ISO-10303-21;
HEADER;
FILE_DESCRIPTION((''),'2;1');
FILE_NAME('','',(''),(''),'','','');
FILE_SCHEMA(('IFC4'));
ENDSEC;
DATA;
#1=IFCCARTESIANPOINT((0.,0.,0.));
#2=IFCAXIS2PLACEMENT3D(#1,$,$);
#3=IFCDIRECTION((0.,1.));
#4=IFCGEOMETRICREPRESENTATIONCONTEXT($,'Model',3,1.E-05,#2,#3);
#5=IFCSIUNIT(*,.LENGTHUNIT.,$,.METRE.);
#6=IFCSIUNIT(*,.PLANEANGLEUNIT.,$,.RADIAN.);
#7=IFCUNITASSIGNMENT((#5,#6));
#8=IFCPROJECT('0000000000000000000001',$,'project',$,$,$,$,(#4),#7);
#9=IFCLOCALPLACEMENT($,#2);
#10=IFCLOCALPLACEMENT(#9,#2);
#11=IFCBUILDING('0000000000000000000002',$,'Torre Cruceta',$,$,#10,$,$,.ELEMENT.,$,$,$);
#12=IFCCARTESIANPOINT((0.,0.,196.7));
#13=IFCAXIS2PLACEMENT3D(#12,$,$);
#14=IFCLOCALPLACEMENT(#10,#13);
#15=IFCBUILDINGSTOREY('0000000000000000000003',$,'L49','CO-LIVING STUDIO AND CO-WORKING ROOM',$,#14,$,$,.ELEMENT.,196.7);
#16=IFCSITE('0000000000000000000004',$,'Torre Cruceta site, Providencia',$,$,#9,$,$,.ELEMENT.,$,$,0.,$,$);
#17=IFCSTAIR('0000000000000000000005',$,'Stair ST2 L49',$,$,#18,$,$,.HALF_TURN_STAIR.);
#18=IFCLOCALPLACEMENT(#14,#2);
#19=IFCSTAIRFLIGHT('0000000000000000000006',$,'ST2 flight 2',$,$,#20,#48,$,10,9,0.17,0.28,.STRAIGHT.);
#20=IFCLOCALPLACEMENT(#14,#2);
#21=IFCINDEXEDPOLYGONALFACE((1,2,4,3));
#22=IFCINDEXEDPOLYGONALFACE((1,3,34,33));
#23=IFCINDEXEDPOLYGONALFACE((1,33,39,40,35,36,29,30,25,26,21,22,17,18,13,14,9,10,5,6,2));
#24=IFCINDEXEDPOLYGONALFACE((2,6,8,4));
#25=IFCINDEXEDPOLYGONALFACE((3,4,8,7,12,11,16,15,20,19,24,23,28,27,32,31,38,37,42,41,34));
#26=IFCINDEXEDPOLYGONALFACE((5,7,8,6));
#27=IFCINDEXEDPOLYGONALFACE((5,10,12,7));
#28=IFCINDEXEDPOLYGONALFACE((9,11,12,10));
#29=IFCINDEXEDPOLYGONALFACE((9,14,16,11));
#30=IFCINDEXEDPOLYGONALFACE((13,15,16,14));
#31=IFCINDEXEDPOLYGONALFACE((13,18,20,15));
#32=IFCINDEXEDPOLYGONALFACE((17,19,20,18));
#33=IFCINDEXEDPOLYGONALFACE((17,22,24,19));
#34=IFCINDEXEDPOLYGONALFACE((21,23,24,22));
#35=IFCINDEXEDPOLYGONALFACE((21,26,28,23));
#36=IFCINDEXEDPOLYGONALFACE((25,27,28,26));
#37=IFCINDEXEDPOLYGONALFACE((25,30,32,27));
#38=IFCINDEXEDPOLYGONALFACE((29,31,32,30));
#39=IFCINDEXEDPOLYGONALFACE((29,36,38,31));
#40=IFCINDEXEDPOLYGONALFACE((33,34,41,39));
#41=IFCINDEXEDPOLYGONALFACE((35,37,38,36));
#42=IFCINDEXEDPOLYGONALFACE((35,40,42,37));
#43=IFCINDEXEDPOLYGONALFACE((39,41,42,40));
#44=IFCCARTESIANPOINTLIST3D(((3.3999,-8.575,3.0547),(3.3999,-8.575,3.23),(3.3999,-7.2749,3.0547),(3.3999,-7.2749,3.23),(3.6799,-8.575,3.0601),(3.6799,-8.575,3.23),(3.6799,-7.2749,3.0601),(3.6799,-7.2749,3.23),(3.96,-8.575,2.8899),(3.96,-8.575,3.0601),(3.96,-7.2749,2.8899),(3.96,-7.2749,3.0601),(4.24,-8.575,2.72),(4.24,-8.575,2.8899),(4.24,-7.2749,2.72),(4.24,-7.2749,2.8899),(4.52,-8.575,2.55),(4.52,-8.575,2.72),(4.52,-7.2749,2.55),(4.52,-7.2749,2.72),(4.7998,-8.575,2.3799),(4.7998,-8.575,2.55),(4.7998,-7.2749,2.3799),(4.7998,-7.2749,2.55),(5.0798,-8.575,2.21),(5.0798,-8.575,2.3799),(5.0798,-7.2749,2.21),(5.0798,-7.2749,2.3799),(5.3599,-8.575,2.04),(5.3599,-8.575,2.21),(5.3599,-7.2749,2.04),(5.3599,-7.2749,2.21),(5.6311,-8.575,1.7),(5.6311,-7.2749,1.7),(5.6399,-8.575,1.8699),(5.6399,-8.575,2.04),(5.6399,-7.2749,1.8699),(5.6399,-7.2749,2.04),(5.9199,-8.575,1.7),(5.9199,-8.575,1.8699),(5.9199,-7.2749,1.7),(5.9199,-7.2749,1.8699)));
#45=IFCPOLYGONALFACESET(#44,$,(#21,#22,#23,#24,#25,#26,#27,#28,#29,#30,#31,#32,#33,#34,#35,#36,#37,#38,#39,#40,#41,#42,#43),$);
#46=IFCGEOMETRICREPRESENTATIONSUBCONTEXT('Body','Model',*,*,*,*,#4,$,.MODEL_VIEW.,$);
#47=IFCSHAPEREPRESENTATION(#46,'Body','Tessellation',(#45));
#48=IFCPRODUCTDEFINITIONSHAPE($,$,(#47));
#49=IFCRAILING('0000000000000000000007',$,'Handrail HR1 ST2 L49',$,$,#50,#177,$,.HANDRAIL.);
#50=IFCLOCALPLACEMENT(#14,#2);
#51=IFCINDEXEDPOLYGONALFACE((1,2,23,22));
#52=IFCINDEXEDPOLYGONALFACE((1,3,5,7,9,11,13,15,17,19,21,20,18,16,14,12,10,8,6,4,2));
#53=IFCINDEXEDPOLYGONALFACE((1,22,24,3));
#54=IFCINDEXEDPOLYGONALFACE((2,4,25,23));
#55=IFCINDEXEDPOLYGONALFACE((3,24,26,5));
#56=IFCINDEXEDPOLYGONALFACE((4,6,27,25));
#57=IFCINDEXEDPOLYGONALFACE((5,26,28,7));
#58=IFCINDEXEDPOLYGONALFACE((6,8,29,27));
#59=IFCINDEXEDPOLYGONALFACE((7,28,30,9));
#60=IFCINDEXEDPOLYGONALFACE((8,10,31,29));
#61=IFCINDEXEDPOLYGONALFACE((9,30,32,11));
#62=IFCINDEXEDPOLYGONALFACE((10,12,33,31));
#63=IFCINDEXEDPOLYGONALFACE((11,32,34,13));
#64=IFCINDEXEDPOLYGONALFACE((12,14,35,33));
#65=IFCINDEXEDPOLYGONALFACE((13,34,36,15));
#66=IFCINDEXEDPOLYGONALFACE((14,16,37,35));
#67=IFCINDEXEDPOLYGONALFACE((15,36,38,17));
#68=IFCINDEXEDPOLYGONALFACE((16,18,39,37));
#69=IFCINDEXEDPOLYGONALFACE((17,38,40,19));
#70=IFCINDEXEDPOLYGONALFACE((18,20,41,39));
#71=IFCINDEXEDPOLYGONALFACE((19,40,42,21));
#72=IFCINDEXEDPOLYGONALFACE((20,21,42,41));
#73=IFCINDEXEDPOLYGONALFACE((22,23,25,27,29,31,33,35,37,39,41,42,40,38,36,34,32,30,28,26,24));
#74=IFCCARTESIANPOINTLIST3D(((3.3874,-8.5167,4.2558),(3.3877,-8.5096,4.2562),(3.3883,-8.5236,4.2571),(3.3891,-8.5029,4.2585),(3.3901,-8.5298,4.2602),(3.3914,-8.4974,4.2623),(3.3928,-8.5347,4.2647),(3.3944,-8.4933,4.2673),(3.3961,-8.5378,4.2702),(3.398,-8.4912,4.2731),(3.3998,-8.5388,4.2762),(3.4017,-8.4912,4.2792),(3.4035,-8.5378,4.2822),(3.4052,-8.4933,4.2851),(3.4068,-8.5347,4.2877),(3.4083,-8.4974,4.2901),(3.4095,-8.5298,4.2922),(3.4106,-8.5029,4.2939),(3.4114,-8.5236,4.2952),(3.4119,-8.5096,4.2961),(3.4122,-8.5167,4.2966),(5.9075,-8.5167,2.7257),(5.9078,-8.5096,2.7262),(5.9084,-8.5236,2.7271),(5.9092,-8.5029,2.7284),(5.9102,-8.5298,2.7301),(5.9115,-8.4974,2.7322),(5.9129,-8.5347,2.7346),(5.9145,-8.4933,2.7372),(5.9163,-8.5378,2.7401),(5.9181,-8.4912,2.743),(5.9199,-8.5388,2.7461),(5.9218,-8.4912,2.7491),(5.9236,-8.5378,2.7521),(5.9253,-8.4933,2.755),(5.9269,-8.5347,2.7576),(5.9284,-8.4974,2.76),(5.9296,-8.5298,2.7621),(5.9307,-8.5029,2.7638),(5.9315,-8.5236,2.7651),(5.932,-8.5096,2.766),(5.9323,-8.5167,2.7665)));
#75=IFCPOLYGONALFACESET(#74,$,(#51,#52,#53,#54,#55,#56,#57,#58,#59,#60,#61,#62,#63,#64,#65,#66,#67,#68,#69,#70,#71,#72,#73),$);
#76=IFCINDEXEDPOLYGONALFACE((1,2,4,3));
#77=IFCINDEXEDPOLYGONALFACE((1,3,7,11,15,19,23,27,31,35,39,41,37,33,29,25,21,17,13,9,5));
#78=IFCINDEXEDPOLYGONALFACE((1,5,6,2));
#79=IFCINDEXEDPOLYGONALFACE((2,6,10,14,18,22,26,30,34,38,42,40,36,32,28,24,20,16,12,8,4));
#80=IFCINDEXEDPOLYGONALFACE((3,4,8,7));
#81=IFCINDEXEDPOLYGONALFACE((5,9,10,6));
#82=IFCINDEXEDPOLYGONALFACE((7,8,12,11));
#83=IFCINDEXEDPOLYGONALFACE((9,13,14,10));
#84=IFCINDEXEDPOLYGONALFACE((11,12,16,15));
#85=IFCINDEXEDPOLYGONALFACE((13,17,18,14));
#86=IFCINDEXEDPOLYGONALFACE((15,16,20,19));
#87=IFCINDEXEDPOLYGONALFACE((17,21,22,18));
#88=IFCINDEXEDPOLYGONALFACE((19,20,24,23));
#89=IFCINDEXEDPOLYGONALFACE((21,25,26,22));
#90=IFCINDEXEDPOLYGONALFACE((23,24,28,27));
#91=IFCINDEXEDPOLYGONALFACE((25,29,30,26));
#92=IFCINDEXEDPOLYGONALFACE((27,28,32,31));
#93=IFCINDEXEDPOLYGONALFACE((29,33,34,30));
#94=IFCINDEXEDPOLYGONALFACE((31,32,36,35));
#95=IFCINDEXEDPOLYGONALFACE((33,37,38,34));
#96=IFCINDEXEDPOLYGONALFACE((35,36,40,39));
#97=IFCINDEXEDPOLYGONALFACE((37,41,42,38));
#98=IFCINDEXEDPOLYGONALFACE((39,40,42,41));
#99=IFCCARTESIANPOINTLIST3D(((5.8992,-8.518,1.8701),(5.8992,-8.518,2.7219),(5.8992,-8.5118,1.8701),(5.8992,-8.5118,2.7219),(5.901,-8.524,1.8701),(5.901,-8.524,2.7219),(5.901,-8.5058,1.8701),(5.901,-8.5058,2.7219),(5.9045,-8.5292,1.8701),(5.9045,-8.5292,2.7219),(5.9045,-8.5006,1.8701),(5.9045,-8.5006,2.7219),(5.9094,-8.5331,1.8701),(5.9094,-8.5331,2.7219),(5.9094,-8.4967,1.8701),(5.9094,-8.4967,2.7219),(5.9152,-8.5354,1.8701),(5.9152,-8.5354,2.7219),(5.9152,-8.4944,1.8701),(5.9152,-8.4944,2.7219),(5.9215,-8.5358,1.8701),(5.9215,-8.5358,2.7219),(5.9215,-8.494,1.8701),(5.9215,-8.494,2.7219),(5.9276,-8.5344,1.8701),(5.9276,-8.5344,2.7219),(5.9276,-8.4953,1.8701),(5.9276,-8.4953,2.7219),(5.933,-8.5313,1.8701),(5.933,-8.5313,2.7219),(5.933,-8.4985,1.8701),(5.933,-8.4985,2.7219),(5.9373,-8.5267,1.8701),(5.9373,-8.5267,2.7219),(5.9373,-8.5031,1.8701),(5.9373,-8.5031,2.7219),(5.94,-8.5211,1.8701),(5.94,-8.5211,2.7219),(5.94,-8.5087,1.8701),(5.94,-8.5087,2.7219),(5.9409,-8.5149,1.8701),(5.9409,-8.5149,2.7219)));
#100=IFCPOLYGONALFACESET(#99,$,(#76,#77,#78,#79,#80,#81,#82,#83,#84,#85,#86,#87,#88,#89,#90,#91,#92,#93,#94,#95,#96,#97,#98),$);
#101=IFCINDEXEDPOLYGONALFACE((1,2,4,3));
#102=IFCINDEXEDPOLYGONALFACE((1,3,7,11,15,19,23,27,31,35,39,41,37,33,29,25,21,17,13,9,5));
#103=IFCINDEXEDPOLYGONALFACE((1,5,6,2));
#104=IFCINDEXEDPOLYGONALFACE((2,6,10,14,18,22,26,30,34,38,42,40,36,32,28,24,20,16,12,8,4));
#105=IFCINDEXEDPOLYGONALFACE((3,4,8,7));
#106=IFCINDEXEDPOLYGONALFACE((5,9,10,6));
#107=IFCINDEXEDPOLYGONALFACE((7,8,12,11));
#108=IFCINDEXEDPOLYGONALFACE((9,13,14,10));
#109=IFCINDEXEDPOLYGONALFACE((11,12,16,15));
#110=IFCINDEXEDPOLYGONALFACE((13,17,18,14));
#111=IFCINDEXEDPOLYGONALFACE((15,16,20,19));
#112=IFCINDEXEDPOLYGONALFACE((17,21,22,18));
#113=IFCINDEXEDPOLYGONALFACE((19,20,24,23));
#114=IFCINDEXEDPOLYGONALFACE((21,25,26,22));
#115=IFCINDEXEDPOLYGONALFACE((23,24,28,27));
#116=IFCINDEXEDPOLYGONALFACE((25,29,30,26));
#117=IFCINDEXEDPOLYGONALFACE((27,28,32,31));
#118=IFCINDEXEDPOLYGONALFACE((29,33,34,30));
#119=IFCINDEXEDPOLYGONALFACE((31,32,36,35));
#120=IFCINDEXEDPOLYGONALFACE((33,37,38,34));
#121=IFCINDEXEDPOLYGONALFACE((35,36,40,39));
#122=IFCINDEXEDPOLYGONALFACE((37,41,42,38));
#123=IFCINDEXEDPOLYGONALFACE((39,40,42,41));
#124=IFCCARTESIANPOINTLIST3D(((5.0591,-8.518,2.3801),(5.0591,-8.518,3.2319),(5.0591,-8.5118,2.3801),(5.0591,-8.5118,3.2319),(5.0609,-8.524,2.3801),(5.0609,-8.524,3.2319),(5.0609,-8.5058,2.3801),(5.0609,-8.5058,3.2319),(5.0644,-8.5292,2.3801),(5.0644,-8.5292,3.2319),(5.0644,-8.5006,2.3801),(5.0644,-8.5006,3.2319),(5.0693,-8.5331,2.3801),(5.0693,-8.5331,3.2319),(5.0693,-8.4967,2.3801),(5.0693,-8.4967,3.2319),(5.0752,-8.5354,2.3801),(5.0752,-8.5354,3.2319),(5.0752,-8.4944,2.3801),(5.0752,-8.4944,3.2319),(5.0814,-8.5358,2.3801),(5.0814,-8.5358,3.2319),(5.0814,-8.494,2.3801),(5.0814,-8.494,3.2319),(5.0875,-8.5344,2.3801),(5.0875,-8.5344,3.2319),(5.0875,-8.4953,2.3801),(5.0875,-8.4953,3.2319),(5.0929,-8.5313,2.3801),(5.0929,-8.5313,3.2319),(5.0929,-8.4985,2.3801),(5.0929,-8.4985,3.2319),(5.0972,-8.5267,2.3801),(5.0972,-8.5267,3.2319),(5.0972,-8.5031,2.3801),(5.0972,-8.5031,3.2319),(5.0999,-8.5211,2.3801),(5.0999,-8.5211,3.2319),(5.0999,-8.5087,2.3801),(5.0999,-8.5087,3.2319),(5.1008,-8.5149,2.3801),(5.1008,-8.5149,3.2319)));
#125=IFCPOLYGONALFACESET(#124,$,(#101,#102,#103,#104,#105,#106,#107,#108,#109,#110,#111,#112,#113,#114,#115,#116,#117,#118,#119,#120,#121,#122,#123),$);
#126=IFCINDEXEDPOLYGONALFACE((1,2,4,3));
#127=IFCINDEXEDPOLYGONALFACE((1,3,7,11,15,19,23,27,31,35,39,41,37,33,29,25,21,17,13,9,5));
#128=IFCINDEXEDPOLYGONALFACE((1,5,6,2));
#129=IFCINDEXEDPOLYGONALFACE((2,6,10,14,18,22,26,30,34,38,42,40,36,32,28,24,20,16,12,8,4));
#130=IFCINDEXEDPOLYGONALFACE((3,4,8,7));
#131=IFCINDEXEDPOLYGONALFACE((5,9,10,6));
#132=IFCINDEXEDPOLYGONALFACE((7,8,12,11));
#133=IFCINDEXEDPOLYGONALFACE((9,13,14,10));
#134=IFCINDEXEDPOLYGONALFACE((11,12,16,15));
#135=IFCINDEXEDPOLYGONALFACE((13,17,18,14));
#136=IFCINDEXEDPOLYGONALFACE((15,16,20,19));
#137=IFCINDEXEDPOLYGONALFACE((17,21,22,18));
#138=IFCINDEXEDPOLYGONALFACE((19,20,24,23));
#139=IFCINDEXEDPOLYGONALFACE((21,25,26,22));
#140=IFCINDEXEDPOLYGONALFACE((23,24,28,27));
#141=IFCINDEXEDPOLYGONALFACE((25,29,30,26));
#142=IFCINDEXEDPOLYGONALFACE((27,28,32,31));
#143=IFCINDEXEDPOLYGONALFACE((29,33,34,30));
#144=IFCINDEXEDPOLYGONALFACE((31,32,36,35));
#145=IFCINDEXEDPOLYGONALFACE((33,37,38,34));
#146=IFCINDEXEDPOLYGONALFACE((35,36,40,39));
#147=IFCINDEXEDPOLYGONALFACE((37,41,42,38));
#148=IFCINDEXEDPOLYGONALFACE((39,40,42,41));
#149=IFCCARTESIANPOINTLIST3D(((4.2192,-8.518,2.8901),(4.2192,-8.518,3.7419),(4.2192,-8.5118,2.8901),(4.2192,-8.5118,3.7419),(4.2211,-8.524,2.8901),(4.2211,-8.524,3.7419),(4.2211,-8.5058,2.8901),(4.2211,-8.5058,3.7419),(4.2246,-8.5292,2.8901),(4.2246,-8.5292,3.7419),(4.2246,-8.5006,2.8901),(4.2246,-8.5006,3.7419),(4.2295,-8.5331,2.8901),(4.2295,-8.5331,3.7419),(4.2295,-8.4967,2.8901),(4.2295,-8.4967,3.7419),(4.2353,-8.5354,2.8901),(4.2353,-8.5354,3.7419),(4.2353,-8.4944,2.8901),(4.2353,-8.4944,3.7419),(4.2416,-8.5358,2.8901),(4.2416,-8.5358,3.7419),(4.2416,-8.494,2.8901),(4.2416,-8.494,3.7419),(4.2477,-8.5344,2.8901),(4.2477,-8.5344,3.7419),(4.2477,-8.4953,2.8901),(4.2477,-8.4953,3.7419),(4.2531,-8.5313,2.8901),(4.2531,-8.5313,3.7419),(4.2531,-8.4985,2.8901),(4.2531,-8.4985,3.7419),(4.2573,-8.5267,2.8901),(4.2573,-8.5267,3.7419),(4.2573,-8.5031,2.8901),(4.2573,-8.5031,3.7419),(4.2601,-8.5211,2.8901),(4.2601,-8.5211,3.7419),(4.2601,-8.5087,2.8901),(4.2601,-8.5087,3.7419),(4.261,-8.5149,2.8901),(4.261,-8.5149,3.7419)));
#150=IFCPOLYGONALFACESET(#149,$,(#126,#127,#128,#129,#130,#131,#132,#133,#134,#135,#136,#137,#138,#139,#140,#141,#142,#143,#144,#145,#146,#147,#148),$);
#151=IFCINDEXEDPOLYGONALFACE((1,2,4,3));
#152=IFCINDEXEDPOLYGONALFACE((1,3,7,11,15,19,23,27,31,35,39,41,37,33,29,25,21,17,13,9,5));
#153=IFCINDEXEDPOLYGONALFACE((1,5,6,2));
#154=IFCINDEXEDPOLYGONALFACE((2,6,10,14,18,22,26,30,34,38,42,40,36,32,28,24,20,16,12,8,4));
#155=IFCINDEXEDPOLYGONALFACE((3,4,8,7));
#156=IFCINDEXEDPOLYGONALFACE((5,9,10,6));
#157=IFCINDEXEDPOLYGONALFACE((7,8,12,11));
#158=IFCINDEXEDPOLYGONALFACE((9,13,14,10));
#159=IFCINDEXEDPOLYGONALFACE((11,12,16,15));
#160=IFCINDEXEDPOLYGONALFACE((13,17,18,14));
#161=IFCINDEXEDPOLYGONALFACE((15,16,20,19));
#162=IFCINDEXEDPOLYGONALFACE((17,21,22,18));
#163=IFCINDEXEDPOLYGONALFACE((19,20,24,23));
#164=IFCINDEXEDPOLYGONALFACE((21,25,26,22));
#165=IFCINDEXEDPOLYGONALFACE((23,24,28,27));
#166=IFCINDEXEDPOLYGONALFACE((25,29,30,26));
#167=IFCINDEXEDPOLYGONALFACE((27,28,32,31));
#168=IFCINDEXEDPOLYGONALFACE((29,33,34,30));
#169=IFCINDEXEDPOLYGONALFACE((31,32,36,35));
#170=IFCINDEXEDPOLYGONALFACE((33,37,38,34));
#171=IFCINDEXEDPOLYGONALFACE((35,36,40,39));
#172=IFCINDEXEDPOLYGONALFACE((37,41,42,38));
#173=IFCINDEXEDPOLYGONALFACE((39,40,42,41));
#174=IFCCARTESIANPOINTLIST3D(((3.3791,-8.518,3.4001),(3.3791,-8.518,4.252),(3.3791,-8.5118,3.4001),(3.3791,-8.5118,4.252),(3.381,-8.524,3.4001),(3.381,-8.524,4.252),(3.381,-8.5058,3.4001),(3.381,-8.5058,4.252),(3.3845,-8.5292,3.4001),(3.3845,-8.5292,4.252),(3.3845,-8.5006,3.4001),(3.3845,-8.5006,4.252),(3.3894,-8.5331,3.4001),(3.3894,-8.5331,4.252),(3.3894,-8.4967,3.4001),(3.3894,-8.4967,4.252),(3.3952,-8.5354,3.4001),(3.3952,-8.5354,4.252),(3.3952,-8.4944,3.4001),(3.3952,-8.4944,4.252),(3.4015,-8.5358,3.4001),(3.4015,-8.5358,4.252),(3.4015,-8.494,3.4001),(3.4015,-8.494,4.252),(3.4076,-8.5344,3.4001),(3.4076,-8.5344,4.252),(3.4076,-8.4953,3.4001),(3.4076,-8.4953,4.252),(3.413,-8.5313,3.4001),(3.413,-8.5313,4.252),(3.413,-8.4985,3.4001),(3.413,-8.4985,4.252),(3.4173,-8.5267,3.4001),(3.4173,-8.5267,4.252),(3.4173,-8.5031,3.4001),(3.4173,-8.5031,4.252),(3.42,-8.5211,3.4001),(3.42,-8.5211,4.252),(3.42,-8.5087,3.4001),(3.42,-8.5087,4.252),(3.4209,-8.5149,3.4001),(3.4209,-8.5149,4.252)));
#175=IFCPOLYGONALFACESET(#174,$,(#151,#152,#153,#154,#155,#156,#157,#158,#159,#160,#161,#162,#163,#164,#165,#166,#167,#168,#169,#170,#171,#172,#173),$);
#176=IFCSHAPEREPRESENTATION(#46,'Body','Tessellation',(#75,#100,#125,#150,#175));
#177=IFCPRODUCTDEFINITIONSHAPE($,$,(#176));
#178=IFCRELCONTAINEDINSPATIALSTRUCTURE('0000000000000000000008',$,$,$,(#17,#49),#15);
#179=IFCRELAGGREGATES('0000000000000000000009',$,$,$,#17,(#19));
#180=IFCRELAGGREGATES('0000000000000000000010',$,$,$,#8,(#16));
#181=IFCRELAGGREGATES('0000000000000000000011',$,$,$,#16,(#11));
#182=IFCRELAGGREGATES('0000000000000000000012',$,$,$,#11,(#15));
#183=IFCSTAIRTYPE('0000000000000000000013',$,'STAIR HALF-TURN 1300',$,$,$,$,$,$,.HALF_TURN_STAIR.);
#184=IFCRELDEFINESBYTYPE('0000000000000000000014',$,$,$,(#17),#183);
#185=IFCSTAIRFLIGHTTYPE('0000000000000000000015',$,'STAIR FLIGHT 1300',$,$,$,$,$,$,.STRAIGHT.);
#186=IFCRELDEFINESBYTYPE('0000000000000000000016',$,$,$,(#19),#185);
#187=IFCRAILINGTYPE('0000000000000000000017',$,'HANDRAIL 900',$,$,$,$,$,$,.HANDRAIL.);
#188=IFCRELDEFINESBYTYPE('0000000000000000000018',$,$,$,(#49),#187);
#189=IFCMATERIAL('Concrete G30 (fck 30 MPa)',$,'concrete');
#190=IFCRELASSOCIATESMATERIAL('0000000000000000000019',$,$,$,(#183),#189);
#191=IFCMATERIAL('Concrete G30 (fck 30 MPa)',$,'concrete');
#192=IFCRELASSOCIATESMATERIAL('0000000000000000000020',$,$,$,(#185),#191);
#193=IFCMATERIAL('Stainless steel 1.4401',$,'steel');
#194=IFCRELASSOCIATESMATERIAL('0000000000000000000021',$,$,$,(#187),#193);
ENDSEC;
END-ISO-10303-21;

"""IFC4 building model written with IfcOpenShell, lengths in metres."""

from ifc_helpers import new_model, si_unit, direction, frame, origin, origin_2d, place, context, subcontext, project, spatial, polyline, circle, outline, extrude, material, type_object, element, aggregate, save


model = new_model("IFC4")

# Units and contexts
model_context = context("Model", 3, precision=1e-05, world=origin(), true_north=direction((0.0, 1.0)))
body_context = subcontext(model_context, "Body", "Model", "MODEL_VIEW")
ifc_project = project(units=[si_unit("LENGTHUNIT", "METRE"), si_unit("PLANEANGLEUNIT", "RADIAN")], contexts=[model_context])

# Site, building, storey
site_placement = place(None, origin())
site = spatial("IfcSite", under=ifc_project, at=site_placement, Name="Torre Cruceta site, Providencia", CompositionType="ELEMENT", RefElevation=0.0)
building_placement = place(site_placement, origin())
building = spatial("IfcBuilding", under=site, at=building_placement, Name="Torre Cruceta", CompositionType="ELEMENT")
storey_placement = place(building_placement, frame((0.0, 0.0, 196.7)))
storey = spatial("IfcBuildingStorey", under=building, at=storey_placement, Name="L49", Description="CO-LIVING STUDIO AND CO-WORKING ROOM", CompositionType="ELEMENT", Elevation=196.7)

# Stair, stair flight
ifc_material_1 = material(Name="Concrete G30 (fck 30 MPa)", Category="concrete")
stair_type = type_object("IfcStairType", Name="STAIR HALF-TURN 1300", PredefinedType="HALF_TURN_STAIR", material=ifc_material_1)
stair_placement = place(storey_placement, origin())
stair = element("IfcStair", 1, at=stair_placement, inside=storey, type_object=stair_type, Name="Stair ST2 L49", PredefinedType="HALF_TURN_STAIR")
ifc_material_2 = material(Name="Concrete G30 (fck 30 MPa)", Category="concrete")
stair_flight_type = type_object("IfcStairFlightType", Name="STAIR FLIGHT 1300", PredefinedType="STRAIGHT", material=ifc_material_2)
stair_flight_placement = place(storey_placement, frame((5.9199, -7.925, 1.7), z_axis=(0.0, 0.0, 1.0), x_axis=(-1.0, 0.0, 0.0)))
stair_flight = element("IfcStairFlight", 2, at=stair_flight_placement, type_object=stair_flight_type, Name="ST2 flight 2", NumberOfRisers=10, NumberOfTreads=9, PredefinedType="STRAIGHT", RiserHeight=0.17, TreadLength=0.28, context=body_context, shape_type="SweptSolid", body=[
    extrude(outline(polyline([(0.0, 0.0), (0.0, 0.1699), (0.28, 0.1699), (0.28, 0.3401), (0.5601, 0.3401), (0.5601, 0.51), (0.8401, 0.51), (0.8401, 0.6799), (1.1201, 0.6799), (1.1201, 0.8501), (1.3999, 0.8501), (1.3999, 1.02), (1.6799, 1.02), (1.6799, 1.1899), (1.96, 1.1899), (1.96, 1.3601), (2.24, 1.3601), (2.24, 1.53), (2.52, 1.53), (2.52, 1.7), (2.52, 1.3547), (0.2888, 0.0), (0.0, 0.0)])), frame((0.0, 0.6499, 0.0), z_axis=(0.0, -1.0, 0.0), x_axis=(1.0, 0.0, 0.0)), (0.0, 0.0, 1.0), 1.3),
])
aggregate(stair, [stair_flight])

# Railing
ifc_material_3 = material(Name="Stainless steel 1.4401", Category="steel")
railing_type = type_object("IfcRailingType", Name="HANDRAIL 900", PredefinedType="HANDRAIL", material=ifc_material_3)
railing_1_placement = place(storey_placement, frame((5.9199, -8.5149, 1.8701)))
element("IfcRailing", 3, at=railing_1_placement, inside=storey, type_object=railing_type, Name="Handrail HR1 ST2 L49", PredefinedType="HANDRAIL", context=body_context, shape_type="SweptSolid", body=[
    extrude(circle(Radius=0.0239, at=origin_2d()), frame((0.0, 0.0, 0.876), z_axis=(-0.854785, 0.0, 0.518982), x_axis=(0.0, -1.0, 0.0)), (0.0, 0.0, 1.0), 2.9482),
    extrude(circle(Radius=0.021, at=origin_2d()), origin(), (0.0, 0.0, 1.0), 0.8518),
    extrude(circle(Radius=0.021, at=origin_2d()), frame((-0.8401, 0.0, 0.51)), (0.0, 0.0, 1.0), 0.8518),
    extrude(circle(Radius=0.021, at=origin_2d()), frame((-1.6799, 0.0, 1.02)), (0.0, 0.0, 1.0), 0.8518),
    extrude(circle(Radius=0.021, at=origin_2d()), frame((-2.52, 0.0, 1.53)), (0.0, 0.0, 1.0), 0.8518),
])

save(model, "model.ifc")
